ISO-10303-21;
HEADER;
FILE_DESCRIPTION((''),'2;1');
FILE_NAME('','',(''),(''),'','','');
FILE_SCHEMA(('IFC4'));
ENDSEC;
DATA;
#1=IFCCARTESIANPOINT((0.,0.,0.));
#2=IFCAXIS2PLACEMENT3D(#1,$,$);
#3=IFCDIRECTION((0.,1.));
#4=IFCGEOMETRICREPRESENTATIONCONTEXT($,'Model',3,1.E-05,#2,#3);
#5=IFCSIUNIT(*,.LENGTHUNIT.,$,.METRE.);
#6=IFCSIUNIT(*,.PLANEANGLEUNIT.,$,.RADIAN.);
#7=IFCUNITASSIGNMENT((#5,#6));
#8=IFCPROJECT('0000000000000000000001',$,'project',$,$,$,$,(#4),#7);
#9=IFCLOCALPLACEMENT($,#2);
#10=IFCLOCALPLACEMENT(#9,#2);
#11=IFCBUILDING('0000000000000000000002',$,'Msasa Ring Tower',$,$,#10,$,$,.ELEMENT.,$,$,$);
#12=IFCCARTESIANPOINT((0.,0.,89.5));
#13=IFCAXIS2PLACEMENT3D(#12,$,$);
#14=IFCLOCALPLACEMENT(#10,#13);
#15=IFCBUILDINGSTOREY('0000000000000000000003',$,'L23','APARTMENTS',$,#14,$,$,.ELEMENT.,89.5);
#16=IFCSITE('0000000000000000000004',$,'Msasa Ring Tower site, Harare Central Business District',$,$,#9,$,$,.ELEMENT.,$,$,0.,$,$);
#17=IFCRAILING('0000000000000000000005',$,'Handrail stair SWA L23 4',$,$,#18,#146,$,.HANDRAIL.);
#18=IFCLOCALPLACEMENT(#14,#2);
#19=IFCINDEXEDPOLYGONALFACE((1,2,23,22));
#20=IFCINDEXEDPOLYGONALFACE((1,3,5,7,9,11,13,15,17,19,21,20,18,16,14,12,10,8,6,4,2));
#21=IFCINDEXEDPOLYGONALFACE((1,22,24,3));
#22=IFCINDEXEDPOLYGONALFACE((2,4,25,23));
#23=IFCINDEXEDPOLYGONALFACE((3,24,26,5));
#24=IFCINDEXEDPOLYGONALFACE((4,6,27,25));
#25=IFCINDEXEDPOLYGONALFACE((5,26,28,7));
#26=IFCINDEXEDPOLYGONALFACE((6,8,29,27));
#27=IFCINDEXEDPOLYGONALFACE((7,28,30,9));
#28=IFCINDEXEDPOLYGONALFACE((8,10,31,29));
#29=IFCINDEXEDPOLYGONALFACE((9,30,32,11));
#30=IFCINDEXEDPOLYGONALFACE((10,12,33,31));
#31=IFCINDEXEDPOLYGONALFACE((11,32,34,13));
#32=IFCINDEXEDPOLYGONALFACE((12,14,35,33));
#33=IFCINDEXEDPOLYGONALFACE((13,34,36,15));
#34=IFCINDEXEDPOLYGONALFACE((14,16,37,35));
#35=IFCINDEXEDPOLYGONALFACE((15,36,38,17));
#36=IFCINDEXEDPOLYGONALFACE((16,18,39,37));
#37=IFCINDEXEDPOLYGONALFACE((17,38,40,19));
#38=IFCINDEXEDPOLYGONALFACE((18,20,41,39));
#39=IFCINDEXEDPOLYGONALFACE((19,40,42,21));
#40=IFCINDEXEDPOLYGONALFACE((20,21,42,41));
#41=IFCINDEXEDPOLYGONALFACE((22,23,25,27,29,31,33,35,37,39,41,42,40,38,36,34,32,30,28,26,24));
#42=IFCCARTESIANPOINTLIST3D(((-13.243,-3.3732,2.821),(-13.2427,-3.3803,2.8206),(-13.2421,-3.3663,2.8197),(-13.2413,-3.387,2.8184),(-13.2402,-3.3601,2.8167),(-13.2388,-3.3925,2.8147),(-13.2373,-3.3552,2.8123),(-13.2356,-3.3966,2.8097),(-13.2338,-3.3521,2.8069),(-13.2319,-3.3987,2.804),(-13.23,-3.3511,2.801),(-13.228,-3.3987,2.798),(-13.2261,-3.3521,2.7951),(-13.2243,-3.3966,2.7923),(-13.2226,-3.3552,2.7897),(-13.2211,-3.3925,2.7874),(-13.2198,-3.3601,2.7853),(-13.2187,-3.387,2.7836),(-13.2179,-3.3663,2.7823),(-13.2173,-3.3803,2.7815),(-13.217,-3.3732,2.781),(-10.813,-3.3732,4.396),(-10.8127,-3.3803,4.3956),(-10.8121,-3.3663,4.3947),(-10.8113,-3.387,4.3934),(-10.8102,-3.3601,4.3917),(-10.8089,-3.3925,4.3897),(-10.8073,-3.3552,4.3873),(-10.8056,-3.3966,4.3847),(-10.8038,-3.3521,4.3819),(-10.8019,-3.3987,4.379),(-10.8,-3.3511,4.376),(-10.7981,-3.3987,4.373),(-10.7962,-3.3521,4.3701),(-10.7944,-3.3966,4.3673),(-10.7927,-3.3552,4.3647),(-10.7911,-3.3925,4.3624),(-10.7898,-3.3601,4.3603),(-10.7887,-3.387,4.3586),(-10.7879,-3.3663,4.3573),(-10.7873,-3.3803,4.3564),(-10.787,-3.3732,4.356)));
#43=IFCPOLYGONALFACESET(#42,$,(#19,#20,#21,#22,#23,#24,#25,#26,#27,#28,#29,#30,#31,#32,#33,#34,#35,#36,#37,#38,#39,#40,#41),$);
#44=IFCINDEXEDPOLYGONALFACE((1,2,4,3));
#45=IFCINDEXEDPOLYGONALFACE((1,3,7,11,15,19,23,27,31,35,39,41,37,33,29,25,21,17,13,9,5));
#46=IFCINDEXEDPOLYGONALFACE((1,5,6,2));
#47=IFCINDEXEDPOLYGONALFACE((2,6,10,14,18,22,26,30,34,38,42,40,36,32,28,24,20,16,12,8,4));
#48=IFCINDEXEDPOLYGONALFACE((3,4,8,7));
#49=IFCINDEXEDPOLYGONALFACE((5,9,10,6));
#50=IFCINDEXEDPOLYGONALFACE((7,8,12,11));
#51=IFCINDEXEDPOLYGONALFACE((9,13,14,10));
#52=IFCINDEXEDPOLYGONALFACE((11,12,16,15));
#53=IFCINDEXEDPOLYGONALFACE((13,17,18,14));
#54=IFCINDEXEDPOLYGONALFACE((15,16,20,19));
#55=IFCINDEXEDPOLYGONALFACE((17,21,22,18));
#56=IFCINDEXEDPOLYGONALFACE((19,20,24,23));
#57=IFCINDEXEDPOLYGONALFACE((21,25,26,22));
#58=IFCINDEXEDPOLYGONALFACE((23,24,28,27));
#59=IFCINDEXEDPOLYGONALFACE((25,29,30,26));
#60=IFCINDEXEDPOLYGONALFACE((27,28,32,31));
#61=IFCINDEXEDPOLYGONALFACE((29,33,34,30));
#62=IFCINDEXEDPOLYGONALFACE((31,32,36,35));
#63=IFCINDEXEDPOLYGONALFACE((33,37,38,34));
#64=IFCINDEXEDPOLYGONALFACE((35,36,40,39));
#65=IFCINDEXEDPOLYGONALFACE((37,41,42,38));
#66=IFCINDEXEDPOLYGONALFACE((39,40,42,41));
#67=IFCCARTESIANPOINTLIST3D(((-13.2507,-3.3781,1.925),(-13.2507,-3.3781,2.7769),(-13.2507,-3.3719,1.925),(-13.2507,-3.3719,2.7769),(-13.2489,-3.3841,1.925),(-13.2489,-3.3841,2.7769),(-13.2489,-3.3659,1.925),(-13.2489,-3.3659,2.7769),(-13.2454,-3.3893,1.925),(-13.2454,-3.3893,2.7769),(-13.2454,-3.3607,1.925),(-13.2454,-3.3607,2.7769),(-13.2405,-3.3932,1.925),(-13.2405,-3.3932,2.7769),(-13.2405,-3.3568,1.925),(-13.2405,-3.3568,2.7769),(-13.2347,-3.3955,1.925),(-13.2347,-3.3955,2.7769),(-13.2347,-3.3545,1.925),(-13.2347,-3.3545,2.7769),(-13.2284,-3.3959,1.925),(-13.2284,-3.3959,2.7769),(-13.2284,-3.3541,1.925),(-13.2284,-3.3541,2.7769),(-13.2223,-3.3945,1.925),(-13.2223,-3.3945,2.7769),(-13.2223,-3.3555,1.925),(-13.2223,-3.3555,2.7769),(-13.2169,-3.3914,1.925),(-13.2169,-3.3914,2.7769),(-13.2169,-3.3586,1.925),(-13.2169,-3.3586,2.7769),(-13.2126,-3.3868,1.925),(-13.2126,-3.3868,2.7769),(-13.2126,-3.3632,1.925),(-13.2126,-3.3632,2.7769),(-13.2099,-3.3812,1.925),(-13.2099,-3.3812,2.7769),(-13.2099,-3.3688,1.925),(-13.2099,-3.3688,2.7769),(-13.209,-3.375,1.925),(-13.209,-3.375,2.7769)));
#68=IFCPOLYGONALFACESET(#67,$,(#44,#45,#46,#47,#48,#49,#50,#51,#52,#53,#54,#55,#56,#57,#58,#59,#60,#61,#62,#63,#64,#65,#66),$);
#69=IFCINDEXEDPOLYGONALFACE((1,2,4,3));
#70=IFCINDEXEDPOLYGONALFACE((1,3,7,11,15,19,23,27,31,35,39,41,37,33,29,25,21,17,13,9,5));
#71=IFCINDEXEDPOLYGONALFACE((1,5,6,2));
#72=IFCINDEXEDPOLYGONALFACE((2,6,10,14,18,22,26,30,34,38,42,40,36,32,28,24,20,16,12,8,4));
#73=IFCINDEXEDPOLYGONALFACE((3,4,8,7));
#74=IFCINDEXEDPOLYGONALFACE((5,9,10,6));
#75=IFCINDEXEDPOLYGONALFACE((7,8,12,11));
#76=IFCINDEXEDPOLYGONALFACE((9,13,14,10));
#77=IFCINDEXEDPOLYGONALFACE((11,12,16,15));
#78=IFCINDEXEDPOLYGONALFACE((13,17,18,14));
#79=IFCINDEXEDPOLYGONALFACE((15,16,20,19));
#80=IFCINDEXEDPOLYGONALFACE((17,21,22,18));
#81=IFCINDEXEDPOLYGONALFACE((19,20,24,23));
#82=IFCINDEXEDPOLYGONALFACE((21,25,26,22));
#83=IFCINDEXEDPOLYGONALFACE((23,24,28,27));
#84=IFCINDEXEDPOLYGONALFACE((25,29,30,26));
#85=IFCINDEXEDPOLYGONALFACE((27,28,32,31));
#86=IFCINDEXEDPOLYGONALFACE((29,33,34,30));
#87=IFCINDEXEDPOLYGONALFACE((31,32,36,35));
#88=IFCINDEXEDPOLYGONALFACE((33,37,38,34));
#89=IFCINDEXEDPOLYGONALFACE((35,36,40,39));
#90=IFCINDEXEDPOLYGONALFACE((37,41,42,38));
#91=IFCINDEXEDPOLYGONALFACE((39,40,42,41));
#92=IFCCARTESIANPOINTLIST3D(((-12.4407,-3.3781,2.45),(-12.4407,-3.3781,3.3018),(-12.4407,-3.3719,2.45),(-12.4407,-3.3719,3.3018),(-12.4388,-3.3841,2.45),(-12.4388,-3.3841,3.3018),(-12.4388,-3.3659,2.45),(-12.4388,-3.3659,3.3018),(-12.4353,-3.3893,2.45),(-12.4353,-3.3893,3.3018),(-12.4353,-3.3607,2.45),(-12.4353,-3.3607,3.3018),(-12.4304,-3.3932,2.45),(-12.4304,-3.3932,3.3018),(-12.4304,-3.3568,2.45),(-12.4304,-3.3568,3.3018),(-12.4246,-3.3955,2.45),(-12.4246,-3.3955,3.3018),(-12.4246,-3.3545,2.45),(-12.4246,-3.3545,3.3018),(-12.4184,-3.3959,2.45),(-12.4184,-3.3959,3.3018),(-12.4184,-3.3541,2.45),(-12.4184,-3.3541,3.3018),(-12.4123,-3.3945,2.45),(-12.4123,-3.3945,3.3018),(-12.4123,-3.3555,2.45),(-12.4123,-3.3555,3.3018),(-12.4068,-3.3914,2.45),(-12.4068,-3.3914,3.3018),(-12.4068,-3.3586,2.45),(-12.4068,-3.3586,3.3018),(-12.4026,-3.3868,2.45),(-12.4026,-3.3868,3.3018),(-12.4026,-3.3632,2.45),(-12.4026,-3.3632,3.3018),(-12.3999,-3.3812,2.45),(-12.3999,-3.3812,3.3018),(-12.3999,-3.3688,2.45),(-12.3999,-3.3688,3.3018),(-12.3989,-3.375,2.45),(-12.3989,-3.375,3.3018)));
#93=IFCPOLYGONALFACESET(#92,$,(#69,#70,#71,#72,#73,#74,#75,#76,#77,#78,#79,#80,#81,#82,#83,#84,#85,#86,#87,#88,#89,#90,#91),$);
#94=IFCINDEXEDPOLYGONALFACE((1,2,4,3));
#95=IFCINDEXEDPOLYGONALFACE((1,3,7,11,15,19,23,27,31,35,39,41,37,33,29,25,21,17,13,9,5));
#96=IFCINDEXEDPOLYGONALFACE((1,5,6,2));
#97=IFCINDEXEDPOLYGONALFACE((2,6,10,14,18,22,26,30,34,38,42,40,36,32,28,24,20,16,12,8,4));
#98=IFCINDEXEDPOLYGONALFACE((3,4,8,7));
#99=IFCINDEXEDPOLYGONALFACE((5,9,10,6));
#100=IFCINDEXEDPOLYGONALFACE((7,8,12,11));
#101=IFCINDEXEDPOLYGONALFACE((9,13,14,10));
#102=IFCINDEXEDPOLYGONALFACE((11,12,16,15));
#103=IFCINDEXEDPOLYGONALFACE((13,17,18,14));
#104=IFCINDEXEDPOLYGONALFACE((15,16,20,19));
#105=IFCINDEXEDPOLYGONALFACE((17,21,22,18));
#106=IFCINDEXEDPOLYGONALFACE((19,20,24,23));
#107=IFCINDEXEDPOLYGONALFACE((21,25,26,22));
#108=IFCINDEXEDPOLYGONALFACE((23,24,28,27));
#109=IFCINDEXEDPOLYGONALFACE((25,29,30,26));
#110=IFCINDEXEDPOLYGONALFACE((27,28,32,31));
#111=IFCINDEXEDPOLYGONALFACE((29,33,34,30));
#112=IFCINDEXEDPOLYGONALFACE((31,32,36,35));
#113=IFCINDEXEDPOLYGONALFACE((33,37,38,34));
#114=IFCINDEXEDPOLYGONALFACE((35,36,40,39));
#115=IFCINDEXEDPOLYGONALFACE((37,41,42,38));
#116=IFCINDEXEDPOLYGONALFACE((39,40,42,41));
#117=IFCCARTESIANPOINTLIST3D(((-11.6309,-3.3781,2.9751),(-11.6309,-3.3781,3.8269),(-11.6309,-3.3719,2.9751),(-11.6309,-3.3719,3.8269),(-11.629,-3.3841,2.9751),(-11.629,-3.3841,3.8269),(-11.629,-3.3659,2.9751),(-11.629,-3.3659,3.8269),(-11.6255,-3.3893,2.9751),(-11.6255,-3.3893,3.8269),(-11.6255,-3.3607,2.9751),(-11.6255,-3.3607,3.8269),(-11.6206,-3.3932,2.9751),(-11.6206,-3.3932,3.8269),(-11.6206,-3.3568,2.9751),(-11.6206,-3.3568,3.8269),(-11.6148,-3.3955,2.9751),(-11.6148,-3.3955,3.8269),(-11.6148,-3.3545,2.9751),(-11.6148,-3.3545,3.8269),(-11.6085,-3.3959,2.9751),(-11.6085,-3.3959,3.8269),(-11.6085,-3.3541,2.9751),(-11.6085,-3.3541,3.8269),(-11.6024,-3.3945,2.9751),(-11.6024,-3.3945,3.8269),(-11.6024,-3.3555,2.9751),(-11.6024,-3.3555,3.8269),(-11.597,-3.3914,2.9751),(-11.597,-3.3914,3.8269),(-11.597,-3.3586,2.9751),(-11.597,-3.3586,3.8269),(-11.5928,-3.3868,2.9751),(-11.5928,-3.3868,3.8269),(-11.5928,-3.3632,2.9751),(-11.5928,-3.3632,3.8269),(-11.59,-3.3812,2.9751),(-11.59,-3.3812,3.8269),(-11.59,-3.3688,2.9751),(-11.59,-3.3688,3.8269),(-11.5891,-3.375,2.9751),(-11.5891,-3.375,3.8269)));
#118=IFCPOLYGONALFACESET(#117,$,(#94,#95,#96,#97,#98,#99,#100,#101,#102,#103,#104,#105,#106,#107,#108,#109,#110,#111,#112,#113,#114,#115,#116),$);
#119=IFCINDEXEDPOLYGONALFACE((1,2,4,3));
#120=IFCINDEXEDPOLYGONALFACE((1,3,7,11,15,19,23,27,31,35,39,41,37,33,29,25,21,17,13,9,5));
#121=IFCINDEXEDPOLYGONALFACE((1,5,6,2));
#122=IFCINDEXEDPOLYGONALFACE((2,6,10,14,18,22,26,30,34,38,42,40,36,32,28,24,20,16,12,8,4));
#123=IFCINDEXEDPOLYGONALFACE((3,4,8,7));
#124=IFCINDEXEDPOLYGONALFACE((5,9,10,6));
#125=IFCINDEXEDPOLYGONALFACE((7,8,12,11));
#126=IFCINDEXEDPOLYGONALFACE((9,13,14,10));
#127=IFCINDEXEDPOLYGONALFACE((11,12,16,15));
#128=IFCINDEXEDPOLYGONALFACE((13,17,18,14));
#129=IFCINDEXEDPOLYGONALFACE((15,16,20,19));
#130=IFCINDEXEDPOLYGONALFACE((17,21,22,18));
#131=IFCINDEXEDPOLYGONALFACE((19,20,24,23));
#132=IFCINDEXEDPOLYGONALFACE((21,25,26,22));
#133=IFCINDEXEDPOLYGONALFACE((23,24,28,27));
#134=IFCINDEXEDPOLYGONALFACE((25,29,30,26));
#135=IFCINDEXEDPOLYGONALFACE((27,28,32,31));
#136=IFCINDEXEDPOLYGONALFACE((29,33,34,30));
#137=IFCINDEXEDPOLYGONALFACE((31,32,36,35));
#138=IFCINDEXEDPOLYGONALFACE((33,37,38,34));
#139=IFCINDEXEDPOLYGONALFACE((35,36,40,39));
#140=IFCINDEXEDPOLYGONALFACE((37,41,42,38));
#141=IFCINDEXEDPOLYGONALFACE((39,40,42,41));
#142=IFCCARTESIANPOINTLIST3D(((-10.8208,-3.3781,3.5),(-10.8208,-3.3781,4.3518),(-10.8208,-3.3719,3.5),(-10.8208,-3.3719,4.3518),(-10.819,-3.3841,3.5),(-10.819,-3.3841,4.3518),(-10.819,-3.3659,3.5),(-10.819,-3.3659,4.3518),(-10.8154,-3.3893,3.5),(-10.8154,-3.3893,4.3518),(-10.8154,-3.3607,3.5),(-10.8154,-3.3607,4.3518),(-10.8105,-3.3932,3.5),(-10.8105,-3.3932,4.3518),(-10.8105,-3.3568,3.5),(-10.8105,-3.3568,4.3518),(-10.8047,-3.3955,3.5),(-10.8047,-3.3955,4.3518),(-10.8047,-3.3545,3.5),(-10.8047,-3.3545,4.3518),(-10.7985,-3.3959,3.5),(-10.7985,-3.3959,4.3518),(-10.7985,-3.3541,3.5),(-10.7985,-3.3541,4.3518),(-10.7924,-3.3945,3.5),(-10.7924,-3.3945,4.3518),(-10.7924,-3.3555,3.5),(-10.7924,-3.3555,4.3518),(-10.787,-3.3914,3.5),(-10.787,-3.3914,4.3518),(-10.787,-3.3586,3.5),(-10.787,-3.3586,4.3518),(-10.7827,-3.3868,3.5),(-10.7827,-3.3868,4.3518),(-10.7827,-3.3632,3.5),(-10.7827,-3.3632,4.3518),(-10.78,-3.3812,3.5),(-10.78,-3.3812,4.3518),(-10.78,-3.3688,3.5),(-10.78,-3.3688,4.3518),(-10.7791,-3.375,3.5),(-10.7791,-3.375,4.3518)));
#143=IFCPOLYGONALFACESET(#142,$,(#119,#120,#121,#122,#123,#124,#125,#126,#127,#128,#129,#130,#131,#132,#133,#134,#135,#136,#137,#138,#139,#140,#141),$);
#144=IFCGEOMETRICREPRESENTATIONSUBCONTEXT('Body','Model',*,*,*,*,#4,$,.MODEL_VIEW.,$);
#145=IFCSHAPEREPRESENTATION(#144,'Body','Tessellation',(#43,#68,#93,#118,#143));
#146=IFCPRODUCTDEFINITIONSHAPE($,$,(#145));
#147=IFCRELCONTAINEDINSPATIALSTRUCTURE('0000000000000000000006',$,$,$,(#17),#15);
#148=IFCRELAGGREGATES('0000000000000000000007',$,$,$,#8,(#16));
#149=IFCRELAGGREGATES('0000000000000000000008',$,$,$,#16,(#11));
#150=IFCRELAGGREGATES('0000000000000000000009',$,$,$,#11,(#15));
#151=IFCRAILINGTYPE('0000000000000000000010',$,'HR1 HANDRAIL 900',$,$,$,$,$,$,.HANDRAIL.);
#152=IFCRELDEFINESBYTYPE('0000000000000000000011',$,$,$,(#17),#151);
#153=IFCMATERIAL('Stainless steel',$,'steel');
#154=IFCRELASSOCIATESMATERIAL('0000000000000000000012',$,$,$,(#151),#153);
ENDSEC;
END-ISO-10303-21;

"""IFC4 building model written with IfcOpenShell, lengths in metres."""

from ifc_helpers import new_model, si_unit, direction, frame, origin, origin_2d, place, context, subcontext, project, spatial, circle, extrude, material, type_object, element, save


model = new_model("IFC4")

# Units and contexts
model_context = context("Model", 3, precision=1e-05, world=origin(), true_north=direction((0.0, 1.0)))
body_context = subcontext(model_context, "Body", "Model", "MODEL_VIEW")
ifc_project = project(units=[si_unit("LENGTHUNIT", "METRE"), si_unit("PLANEANGLEUNIT", "RADIAN")], contexts=[model_context])

# Site, building, storey
site_placement = place(None, origin())
site = spatial("IfcSite", under=ifc_project, at=site_placement, Name="Msasa Ring Tower site, Harare Central Business District", CompositionType="ELEMENT", RefElevation=0.0)
building_placement = place(site_placement, origin())
building = spatial("IfcBuilding", under=site, at=building_placement, Name="Msasa Ring Tower", CompositionType="ELEMENT")
storey_placement = place(building_placement, frame((0.0, 0.0, 89.5)))
storey = spatial("IfcBuildingStorey", under=building, at=storey_placement, Name="L23", Description="APARTMENTS", CompositionType="ELEMENT", Elevation=89.5)

# Railing
ifc_material_1 = material(Name="Stainless steel", Category="steel")
railing_type = type_object("IfcRailingType", Name="HR1 HANDRAIL 900", PredefinedType="HANDRAIL", material=ifc_material_1)
for number, where, name in (
    (1, (-13.23, -3.375, 1.925), "Handrail stair SWA L23 4"),
):
    element("IfcRailing", number, at=place(storey_placement, frame(where)), inside=storey, type_object=railing_type, Name=name, PredefinedType="HANDRAIL", context=body_context, shape_type="SweptSolid", body=[
        extrude(circle(Radius=0.0239, at=origin_2d()), frame((0.0, 0.0, 0.876), z_axis=(0.839154, 0.0, 0.543894), x_axis=(0.0, 1.0, 0.0)), (0.0, 0.0, 1.0), 2.8958),
        extrude(circle(Radius=0.021, at=origin_2d()), origin(), (0.0, 0.0, 1.0), 0.8518),
        extrude(circle(Radius=0.021, at=origin_2d()), frame((0.8101, 0.0, 0.5249)), (0.0, 0.0, 1.0), 0.8518),
        extrude(circle(Radius=0.021, at=origin_2d()), frame((1.6199, 0.0, 1.05)), (0.0, 0.0, 1.0), 0.8518),
        extrude(circle(Radius=0.021, at=origin_2d()), frame((2.4299, 0.0, 1.575)), (0.0, 0.0, 1.0), 0.8518),
    ])

save(model, "model.ifc")
